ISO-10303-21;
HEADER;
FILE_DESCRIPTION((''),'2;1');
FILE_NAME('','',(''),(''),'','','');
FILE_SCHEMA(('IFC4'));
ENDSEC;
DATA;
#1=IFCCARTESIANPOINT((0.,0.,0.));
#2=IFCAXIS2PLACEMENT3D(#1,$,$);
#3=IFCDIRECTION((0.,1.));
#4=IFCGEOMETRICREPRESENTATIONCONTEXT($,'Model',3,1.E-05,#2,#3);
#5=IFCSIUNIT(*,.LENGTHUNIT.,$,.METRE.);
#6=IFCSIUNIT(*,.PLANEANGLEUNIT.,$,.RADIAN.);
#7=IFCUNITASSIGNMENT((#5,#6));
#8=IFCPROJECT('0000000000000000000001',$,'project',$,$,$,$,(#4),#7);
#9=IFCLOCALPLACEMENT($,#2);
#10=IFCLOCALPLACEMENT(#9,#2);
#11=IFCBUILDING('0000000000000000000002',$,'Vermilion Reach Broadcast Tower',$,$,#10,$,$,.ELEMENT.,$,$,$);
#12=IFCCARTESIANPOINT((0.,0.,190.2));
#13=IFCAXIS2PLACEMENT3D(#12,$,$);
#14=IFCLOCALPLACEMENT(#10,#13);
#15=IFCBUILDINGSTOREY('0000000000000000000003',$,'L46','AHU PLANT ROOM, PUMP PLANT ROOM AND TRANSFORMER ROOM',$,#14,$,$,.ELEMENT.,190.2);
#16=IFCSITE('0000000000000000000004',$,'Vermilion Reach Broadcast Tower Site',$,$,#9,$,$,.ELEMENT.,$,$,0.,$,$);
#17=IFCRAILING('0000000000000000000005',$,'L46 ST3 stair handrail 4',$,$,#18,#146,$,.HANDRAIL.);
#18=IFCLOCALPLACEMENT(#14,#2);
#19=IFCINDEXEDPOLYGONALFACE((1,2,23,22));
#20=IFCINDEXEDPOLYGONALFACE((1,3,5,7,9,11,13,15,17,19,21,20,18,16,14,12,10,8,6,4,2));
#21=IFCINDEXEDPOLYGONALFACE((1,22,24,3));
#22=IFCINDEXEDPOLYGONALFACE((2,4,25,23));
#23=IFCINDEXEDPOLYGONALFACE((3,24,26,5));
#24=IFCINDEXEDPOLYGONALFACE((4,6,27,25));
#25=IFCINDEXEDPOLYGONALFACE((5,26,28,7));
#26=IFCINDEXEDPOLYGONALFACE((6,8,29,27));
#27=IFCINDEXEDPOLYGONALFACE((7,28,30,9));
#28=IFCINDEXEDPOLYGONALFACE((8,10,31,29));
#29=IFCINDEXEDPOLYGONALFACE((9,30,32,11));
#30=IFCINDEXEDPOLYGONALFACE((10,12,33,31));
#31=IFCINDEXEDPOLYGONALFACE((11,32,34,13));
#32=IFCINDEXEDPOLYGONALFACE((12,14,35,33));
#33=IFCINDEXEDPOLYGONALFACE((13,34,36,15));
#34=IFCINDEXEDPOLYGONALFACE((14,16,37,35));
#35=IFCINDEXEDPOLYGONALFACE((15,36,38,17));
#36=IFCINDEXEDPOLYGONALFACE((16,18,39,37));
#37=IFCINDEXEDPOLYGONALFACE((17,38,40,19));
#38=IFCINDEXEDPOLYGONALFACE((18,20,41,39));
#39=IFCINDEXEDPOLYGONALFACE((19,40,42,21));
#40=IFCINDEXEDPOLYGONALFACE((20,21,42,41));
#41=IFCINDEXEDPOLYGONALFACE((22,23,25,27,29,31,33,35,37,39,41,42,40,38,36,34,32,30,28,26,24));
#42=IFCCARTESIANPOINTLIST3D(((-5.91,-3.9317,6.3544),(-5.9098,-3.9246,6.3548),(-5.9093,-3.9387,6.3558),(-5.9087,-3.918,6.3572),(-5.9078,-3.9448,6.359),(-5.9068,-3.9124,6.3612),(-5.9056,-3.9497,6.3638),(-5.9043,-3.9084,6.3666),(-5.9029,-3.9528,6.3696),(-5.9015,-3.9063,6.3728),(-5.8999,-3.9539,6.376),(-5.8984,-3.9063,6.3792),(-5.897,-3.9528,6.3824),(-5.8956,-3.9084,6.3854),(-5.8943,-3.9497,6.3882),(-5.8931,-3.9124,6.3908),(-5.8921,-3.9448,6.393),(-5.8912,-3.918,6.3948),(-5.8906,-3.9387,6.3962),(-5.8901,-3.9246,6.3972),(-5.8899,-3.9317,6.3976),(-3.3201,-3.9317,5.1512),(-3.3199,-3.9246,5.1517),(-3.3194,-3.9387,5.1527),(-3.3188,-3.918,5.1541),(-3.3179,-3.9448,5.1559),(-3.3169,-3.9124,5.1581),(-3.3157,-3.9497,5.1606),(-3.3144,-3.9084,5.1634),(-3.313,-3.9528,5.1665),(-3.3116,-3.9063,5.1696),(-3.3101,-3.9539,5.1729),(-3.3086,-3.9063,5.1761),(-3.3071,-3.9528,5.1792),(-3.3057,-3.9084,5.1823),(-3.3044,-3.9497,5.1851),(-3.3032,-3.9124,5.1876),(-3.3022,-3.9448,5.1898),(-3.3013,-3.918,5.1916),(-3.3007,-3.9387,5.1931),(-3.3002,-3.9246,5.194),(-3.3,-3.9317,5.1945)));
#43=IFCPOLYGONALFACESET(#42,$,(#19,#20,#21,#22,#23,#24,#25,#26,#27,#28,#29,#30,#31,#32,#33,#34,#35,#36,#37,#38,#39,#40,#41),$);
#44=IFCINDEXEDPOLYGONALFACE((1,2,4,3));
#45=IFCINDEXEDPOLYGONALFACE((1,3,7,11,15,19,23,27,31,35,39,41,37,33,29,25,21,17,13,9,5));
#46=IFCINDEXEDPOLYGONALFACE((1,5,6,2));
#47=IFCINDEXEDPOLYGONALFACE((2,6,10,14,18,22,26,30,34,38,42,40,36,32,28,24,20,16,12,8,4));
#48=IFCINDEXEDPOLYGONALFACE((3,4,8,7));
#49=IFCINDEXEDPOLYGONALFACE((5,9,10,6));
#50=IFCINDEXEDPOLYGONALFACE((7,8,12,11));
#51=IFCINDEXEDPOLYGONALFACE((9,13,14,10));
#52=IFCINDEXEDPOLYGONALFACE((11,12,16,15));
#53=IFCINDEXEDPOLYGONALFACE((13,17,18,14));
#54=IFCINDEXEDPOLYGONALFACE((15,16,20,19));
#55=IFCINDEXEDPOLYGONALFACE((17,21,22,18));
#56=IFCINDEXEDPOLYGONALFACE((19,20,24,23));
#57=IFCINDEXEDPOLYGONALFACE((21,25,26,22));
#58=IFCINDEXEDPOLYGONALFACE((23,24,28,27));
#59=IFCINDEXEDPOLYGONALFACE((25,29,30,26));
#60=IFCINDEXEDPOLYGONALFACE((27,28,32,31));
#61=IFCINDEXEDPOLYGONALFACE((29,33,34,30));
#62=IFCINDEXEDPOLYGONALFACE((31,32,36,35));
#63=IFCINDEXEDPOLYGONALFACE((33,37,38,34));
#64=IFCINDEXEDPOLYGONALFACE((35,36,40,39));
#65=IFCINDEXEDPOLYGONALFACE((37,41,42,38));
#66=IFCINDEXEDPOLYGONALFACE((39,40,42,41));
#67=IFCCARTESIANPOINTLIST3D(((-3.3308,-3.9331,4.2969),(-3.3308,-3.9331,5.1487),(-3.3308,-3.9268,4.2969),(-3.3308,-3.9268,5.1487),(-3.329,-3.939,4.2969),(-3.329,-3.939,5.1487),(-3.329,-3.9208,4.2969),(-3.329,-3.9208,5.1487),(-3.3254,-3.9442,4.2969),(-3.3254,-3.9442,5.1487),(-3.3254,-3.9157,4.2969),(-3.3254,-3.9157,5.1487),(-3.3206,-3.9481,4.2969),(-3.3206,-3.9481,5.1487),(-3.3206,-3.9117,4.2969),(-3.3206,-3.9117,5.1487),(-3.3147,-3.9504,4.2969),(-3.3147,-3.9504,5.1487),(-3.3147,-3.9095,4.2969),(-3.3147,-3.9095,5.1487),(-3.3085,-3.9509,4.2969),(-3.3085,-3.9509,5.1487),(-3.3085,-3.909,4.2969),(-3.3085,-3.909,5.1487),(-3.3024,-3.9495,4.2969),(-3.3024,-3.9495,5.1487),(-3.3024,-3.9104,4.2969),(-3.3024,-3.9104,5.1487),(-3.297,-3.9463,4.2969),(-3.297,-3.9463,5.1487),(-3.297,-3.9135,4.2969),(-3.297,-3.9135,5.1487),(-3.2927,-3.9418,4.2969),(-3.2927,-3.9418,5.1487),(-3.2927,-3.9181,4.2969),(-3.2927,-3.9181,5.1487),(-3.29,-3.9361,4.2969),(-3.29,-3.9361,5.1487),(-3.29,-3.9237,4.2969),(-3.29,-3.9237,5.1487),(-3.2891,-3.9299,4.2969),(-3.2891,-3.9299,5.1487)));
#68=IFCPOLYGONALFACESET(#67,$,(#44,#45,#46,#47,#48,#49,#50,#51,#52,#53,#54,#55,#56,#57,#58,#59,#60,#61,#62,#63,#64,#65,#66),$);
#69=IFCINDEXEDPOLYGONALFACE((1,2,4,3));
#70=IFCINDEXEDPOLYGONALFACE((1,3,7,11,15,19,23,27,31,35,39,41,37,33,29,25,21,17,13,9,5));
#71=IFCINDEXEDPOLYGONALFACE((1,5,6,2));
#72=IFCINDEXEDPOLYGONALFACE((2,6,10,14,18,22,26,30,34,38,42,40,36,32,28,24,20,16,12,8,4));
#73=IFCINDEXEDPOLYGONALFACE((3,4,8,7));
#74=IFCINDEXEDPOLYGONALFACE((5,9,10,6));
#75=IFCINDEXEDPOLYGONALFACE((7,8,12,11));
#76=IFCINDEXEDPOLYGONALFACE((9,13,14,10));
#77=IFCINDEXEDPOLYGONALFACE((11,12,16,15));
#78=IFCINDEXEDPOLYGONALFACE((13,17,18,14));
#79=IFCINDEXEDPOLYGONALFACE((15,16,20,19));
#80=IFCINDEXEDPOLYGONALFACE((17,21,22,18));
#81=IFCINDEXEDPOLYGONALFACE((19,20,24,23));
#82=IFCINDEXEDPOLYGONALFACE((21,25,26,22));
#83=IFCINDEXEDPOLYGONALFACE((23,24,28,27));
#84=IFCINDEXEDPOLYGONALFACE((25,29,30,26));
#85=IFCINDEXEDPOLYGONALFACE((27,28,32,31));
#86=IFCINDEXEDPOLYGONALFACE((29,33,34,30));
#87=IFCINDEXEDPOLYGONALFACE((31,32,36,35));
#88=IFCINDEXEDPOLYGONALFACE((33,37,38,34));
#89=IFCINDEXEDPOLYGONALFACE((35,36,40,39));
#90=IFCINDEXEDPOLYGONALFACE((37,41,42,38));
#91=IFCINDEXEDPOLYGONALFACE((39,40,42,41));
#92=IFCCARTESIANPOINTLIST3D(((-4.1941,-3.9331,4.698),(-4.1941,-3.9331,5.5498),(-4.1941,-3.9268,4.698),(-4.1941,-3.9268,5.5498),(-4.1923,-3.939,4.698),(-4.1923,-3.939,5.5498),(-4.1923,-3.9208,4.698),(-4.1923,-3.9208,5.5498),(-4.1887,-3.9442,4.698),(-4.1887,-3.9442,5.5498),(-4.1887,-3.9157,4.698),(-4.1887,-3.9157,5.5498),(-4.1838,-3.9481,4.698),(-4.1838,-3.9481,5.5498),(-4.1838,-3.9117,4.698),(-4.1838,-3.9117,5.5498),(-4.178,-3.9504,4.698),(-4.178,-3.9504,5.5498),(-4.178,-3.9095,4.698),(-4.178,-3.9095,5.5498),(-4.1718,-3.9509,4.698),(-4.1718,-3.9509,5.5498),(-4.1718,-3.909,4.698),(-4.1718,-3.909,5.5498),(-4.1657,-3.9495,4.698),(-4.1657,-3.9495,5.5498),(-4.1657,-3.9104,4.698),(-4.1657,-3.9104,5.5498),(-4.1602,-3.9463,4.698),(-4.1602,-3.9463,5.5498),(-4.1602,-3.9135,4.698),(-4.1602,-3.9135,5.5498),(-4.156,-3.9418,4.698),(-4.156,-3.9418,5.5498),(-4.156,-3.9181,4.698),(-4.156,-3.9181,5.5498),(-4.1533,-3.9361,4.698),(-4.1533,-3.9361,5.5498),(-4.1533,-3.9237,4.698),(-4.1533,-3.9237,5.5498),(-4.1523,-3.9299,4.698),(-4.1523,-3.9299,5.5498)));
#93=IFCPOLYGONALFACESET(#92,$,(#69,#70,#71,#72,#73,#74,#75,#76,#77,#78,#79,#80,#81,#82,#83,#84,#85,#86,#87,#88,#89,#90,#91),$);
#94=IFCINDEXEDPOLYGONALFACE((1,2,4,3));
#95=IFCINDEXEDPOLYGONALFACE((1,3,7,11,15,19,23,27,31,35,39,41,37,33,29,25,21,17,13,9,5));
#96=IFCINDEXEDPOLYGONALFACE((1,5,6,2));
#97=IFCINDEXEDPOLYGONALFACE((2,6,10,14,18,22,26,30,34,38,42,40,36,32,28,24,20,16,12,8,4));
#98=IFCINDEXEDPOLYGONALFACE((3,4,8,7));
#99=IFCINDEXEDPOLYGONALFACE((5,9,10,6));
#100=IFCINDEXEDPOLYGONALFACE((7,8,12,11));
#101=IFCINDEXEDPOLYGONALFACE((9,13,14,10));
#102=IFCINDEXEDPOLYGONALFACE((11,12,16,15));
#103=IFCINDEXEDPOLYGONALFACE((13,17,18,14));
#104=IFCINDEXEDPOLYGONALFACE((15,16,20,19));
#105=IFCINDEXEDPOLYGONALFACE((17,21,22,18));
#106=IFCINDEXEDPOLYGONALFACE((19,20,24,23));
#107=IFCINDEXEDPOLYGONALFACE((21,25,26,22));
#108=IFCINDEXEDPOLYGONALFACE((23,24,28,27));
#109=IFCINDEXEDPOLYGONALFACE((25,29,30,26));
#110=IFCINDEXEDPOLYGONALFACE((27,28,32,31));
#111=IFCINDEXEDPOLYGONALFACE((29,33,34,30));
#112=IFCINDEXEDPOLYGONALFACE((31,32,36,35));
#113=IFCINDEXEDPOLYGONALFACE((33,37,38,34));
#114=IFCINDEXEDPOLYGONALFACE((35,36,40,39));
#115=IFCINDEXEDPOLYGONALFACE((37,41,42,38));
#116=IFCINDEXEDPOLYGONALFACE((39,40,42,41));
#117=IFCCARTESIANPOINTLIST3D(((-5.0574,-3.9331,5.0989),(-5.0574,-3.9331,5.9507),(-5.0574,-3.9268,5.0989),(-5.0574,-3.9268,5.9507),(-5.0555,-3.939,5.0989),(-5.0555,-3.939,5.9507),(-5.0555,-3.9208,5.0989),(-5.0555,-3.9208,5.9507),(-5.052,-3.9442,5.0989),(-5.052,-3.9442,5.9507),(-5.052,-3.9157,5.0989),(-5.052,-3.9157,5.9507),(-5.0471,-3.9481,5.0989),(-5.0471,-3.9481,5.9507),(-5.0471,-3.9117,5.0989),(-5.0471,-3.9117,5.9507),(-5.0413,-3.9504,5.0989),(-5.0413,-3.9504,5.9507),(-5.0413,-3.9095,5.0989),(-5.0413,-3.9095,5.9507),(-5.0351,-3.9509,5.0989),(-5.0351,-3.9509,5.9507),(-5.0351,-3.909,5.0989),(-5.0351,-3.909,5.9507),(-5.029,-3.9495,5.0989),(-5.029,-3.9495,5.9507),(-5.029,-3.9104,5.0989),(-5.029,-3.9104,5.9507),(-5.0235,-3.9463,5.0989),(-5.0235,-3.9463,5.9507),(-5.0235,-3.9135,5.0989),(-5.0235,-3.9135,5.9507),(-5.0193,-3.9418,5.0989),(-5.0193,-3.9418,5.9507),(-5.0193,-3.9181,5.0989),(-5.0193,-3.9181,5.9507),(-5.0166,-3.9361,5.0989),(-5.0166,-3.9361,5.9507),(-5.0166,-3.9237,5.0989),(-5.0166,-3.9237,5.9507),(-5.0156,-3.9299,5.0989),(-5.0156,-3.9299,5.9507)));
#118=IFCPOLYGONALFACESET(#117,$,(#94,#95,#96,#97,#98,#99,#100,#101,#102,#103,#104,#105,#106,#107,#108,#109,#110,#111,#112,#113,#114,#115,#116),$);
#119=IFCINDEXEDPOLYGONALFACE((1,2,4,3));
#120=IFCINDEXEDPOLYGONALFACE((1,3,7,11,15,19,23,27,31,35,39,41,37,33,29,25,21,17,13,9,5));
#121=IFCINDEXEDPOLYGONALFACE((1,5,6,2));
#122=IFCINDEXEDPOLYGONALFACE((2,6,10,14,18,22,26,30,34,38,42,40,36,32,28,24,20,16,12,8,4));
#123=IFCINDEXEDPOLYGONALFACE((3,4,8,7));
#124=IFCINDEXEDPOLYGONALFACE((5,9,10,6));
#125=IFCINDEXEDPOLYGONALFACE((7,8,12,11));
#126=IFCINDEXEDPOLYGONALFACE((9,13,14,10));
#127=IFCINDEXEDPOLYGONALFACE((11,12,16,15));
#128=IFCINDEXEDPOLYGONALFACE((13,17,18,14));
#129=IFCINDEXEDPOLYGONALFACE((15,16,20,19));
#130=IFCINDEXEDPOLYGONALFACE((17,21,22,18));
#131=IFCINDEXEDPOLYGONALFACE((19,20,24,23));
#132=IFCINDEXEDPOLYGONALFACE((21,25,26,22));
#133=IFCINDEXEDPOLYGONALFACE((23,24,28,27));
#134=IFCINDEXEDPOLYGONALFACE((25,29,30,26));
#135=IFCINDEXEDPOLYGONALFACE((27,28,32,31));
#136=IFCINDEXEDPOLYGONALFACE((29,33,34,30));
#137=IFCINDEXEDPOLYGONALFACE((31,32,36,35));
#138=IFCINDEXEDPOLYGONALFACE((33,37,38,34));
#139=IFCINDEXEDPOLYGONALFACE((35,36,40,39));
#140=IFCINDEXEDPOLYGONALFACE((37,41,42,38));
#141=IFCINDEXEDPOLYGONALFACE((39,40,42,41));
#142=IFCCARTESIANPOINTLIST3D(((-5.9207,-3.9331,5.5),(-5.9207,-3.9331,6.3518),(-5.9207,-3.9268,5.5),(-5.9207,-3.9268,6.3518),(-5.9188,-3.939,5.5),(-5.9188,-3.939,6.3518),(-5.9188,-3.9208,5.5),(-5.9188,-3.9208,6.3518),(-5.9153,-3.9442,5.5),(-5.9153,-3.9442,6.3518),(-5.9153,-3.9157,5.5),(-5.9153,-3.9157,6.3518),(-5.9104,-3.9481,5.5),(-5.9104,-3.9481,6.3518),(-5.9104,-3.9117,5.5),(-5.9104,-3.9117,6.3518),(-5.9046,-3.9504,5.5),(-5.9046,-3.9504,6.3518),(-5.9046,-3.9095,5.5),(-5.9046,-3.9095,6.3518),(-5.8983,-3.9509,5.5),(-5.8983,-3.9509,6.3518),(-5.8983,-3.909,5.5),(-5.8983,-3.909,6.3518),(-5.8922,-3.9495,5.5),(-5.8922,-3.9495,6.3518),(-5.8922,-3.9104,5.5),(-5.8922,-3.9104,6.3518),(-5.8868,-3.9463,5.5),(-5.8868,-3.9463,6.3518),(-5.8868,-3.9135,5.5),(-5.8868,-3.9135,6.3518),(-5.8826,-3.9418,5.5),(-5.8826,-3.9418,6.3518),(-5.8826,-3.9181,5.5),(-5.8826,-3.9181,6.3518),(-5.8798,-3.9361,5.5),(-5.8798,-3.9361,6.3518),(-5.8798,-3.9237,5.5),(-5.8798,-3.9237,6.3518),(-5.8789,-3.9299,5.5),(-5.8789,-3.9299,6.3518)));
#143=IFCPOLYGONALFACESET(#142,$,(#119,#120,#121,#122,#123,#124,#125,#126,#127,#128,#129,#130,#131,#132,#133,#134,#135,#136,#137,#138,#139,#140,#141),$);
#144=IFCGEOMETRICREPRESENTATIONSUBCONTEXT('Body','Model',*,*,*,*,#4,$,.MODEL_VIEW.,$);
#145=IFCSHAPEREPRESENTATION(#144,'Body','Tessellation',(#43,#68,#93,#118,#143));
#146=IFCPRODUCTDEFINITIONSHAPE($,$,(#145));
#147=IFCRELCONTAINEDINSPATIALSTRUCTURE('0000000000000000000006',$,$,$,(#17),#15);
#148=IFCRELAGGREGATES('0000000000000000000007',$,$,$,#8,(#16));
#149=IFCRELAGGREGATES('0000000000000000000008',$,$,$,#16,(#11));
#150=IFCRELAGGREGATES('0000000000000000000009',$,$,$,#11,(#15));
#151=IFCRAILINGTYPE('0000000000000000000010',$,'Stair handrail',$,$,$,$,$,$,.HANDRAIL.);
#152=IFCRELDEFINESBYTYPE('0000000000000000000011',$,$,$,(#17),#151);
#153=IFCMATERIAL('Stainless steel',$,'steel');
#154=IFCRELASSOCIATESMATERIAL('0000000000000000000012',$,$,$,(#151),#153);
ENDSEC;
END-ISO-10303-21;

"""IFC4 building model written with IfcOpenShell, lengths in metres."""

from ifc_helpers import new_model, si_unit, direction, frame, origin, origin_2d, place, context, subcontext, project, spatial, circle, extrude, material, type_object, element, save


model = new_model("IFC4")

# Units and contexts
model_context = context("Model", 3, precision=1e-05, world=origin(), true_north=direction((0.0, 1.0)))
body_context = subcontext(model_context, "Body", "Model", "MODEL_VIEW")
ifc_project = project(units=[si_unit("LENGTHUNIT", "METRE"), si_unit("PLANEANGLEUNIT", "RADIAN")], contexts=[model_context])

# Site, building, storey
site_placement = place(None, origin())
site = spatial("IfcSite", under=ifc_project, at=site_placement, Name="Vermilion Reach Broadcast Tower Site", CompositionType="ELEMENT", RefElevation=0.0)
building_placement = place(site_placement, origin())
building = spatial("IfcBuilding", under=site, at=building_placement, Name="Vermilion Reach Broadcast Tower", CompositionType="ELEMENT")
storey_placement = place(building_placement, frame((0.0, 0.0, 190.2)))
storey = spatial("IfcBuildingStorey", under=building, at=storey_placement, Name="L46", Description="AHU PLANT ROOM, PUMP PLANT ROOM AND TRANSFORMER ROOM", CompositionType="ELEMENT", Elevation=190.2)

# Railing
ifc_material_1 = material(Name="Stainless steel", Category="steel")
railing_type_1 = type_object("IfcRailingType", Name="Stair handrail", PredefinedType="HANDRAIL", material=ifc_material_1)
railing_1_placement = place(storey_placement, frame((-3.3101, -3.9299, 4.2969)))
element("IfcRailing", 1, at=railing_1_placement, inside=storey, type_object=railing_type_1, Name="L46 ST3 stair handrail 4", PredefinedType="HANDRAIL", context=body_context, shape_type="SweptSolid", body=[
    extrude(circle(Radius=0.0239, at=origin_2d()), frame((0.0, 0.0, 0.876), z_axis=(-0.906916, 0.0, 0.421312), x_axis=(0.0, -1.0, 0.0)), (0.0, 0.0, 1.0), 2.8557),
    extrude(circle(Radius=0.021, at=origin_2d()), origin(), (0.0, 0.0, 1.0), 0.8518),
    extrude(circle(Radius=0.021, at=origin_2d()), frame((-0.8633, 0.0, 0.4011)), (0.0, 0.0, 1.0), 0.8518),
    extrude(circle(Radius=0.021, at=origin_2d()), frame((-1.7266, 0.0, 0.802)), (0.0, 0.0, 1.0), 0.8518),
    extrude(circle(Radius=0.021, at=origin_2d()), frame((-2.5898, 0.0, 1.2031)), (0.0, 0.0, 1.0), 0.8518),
])

save(model, "model.ifc")
